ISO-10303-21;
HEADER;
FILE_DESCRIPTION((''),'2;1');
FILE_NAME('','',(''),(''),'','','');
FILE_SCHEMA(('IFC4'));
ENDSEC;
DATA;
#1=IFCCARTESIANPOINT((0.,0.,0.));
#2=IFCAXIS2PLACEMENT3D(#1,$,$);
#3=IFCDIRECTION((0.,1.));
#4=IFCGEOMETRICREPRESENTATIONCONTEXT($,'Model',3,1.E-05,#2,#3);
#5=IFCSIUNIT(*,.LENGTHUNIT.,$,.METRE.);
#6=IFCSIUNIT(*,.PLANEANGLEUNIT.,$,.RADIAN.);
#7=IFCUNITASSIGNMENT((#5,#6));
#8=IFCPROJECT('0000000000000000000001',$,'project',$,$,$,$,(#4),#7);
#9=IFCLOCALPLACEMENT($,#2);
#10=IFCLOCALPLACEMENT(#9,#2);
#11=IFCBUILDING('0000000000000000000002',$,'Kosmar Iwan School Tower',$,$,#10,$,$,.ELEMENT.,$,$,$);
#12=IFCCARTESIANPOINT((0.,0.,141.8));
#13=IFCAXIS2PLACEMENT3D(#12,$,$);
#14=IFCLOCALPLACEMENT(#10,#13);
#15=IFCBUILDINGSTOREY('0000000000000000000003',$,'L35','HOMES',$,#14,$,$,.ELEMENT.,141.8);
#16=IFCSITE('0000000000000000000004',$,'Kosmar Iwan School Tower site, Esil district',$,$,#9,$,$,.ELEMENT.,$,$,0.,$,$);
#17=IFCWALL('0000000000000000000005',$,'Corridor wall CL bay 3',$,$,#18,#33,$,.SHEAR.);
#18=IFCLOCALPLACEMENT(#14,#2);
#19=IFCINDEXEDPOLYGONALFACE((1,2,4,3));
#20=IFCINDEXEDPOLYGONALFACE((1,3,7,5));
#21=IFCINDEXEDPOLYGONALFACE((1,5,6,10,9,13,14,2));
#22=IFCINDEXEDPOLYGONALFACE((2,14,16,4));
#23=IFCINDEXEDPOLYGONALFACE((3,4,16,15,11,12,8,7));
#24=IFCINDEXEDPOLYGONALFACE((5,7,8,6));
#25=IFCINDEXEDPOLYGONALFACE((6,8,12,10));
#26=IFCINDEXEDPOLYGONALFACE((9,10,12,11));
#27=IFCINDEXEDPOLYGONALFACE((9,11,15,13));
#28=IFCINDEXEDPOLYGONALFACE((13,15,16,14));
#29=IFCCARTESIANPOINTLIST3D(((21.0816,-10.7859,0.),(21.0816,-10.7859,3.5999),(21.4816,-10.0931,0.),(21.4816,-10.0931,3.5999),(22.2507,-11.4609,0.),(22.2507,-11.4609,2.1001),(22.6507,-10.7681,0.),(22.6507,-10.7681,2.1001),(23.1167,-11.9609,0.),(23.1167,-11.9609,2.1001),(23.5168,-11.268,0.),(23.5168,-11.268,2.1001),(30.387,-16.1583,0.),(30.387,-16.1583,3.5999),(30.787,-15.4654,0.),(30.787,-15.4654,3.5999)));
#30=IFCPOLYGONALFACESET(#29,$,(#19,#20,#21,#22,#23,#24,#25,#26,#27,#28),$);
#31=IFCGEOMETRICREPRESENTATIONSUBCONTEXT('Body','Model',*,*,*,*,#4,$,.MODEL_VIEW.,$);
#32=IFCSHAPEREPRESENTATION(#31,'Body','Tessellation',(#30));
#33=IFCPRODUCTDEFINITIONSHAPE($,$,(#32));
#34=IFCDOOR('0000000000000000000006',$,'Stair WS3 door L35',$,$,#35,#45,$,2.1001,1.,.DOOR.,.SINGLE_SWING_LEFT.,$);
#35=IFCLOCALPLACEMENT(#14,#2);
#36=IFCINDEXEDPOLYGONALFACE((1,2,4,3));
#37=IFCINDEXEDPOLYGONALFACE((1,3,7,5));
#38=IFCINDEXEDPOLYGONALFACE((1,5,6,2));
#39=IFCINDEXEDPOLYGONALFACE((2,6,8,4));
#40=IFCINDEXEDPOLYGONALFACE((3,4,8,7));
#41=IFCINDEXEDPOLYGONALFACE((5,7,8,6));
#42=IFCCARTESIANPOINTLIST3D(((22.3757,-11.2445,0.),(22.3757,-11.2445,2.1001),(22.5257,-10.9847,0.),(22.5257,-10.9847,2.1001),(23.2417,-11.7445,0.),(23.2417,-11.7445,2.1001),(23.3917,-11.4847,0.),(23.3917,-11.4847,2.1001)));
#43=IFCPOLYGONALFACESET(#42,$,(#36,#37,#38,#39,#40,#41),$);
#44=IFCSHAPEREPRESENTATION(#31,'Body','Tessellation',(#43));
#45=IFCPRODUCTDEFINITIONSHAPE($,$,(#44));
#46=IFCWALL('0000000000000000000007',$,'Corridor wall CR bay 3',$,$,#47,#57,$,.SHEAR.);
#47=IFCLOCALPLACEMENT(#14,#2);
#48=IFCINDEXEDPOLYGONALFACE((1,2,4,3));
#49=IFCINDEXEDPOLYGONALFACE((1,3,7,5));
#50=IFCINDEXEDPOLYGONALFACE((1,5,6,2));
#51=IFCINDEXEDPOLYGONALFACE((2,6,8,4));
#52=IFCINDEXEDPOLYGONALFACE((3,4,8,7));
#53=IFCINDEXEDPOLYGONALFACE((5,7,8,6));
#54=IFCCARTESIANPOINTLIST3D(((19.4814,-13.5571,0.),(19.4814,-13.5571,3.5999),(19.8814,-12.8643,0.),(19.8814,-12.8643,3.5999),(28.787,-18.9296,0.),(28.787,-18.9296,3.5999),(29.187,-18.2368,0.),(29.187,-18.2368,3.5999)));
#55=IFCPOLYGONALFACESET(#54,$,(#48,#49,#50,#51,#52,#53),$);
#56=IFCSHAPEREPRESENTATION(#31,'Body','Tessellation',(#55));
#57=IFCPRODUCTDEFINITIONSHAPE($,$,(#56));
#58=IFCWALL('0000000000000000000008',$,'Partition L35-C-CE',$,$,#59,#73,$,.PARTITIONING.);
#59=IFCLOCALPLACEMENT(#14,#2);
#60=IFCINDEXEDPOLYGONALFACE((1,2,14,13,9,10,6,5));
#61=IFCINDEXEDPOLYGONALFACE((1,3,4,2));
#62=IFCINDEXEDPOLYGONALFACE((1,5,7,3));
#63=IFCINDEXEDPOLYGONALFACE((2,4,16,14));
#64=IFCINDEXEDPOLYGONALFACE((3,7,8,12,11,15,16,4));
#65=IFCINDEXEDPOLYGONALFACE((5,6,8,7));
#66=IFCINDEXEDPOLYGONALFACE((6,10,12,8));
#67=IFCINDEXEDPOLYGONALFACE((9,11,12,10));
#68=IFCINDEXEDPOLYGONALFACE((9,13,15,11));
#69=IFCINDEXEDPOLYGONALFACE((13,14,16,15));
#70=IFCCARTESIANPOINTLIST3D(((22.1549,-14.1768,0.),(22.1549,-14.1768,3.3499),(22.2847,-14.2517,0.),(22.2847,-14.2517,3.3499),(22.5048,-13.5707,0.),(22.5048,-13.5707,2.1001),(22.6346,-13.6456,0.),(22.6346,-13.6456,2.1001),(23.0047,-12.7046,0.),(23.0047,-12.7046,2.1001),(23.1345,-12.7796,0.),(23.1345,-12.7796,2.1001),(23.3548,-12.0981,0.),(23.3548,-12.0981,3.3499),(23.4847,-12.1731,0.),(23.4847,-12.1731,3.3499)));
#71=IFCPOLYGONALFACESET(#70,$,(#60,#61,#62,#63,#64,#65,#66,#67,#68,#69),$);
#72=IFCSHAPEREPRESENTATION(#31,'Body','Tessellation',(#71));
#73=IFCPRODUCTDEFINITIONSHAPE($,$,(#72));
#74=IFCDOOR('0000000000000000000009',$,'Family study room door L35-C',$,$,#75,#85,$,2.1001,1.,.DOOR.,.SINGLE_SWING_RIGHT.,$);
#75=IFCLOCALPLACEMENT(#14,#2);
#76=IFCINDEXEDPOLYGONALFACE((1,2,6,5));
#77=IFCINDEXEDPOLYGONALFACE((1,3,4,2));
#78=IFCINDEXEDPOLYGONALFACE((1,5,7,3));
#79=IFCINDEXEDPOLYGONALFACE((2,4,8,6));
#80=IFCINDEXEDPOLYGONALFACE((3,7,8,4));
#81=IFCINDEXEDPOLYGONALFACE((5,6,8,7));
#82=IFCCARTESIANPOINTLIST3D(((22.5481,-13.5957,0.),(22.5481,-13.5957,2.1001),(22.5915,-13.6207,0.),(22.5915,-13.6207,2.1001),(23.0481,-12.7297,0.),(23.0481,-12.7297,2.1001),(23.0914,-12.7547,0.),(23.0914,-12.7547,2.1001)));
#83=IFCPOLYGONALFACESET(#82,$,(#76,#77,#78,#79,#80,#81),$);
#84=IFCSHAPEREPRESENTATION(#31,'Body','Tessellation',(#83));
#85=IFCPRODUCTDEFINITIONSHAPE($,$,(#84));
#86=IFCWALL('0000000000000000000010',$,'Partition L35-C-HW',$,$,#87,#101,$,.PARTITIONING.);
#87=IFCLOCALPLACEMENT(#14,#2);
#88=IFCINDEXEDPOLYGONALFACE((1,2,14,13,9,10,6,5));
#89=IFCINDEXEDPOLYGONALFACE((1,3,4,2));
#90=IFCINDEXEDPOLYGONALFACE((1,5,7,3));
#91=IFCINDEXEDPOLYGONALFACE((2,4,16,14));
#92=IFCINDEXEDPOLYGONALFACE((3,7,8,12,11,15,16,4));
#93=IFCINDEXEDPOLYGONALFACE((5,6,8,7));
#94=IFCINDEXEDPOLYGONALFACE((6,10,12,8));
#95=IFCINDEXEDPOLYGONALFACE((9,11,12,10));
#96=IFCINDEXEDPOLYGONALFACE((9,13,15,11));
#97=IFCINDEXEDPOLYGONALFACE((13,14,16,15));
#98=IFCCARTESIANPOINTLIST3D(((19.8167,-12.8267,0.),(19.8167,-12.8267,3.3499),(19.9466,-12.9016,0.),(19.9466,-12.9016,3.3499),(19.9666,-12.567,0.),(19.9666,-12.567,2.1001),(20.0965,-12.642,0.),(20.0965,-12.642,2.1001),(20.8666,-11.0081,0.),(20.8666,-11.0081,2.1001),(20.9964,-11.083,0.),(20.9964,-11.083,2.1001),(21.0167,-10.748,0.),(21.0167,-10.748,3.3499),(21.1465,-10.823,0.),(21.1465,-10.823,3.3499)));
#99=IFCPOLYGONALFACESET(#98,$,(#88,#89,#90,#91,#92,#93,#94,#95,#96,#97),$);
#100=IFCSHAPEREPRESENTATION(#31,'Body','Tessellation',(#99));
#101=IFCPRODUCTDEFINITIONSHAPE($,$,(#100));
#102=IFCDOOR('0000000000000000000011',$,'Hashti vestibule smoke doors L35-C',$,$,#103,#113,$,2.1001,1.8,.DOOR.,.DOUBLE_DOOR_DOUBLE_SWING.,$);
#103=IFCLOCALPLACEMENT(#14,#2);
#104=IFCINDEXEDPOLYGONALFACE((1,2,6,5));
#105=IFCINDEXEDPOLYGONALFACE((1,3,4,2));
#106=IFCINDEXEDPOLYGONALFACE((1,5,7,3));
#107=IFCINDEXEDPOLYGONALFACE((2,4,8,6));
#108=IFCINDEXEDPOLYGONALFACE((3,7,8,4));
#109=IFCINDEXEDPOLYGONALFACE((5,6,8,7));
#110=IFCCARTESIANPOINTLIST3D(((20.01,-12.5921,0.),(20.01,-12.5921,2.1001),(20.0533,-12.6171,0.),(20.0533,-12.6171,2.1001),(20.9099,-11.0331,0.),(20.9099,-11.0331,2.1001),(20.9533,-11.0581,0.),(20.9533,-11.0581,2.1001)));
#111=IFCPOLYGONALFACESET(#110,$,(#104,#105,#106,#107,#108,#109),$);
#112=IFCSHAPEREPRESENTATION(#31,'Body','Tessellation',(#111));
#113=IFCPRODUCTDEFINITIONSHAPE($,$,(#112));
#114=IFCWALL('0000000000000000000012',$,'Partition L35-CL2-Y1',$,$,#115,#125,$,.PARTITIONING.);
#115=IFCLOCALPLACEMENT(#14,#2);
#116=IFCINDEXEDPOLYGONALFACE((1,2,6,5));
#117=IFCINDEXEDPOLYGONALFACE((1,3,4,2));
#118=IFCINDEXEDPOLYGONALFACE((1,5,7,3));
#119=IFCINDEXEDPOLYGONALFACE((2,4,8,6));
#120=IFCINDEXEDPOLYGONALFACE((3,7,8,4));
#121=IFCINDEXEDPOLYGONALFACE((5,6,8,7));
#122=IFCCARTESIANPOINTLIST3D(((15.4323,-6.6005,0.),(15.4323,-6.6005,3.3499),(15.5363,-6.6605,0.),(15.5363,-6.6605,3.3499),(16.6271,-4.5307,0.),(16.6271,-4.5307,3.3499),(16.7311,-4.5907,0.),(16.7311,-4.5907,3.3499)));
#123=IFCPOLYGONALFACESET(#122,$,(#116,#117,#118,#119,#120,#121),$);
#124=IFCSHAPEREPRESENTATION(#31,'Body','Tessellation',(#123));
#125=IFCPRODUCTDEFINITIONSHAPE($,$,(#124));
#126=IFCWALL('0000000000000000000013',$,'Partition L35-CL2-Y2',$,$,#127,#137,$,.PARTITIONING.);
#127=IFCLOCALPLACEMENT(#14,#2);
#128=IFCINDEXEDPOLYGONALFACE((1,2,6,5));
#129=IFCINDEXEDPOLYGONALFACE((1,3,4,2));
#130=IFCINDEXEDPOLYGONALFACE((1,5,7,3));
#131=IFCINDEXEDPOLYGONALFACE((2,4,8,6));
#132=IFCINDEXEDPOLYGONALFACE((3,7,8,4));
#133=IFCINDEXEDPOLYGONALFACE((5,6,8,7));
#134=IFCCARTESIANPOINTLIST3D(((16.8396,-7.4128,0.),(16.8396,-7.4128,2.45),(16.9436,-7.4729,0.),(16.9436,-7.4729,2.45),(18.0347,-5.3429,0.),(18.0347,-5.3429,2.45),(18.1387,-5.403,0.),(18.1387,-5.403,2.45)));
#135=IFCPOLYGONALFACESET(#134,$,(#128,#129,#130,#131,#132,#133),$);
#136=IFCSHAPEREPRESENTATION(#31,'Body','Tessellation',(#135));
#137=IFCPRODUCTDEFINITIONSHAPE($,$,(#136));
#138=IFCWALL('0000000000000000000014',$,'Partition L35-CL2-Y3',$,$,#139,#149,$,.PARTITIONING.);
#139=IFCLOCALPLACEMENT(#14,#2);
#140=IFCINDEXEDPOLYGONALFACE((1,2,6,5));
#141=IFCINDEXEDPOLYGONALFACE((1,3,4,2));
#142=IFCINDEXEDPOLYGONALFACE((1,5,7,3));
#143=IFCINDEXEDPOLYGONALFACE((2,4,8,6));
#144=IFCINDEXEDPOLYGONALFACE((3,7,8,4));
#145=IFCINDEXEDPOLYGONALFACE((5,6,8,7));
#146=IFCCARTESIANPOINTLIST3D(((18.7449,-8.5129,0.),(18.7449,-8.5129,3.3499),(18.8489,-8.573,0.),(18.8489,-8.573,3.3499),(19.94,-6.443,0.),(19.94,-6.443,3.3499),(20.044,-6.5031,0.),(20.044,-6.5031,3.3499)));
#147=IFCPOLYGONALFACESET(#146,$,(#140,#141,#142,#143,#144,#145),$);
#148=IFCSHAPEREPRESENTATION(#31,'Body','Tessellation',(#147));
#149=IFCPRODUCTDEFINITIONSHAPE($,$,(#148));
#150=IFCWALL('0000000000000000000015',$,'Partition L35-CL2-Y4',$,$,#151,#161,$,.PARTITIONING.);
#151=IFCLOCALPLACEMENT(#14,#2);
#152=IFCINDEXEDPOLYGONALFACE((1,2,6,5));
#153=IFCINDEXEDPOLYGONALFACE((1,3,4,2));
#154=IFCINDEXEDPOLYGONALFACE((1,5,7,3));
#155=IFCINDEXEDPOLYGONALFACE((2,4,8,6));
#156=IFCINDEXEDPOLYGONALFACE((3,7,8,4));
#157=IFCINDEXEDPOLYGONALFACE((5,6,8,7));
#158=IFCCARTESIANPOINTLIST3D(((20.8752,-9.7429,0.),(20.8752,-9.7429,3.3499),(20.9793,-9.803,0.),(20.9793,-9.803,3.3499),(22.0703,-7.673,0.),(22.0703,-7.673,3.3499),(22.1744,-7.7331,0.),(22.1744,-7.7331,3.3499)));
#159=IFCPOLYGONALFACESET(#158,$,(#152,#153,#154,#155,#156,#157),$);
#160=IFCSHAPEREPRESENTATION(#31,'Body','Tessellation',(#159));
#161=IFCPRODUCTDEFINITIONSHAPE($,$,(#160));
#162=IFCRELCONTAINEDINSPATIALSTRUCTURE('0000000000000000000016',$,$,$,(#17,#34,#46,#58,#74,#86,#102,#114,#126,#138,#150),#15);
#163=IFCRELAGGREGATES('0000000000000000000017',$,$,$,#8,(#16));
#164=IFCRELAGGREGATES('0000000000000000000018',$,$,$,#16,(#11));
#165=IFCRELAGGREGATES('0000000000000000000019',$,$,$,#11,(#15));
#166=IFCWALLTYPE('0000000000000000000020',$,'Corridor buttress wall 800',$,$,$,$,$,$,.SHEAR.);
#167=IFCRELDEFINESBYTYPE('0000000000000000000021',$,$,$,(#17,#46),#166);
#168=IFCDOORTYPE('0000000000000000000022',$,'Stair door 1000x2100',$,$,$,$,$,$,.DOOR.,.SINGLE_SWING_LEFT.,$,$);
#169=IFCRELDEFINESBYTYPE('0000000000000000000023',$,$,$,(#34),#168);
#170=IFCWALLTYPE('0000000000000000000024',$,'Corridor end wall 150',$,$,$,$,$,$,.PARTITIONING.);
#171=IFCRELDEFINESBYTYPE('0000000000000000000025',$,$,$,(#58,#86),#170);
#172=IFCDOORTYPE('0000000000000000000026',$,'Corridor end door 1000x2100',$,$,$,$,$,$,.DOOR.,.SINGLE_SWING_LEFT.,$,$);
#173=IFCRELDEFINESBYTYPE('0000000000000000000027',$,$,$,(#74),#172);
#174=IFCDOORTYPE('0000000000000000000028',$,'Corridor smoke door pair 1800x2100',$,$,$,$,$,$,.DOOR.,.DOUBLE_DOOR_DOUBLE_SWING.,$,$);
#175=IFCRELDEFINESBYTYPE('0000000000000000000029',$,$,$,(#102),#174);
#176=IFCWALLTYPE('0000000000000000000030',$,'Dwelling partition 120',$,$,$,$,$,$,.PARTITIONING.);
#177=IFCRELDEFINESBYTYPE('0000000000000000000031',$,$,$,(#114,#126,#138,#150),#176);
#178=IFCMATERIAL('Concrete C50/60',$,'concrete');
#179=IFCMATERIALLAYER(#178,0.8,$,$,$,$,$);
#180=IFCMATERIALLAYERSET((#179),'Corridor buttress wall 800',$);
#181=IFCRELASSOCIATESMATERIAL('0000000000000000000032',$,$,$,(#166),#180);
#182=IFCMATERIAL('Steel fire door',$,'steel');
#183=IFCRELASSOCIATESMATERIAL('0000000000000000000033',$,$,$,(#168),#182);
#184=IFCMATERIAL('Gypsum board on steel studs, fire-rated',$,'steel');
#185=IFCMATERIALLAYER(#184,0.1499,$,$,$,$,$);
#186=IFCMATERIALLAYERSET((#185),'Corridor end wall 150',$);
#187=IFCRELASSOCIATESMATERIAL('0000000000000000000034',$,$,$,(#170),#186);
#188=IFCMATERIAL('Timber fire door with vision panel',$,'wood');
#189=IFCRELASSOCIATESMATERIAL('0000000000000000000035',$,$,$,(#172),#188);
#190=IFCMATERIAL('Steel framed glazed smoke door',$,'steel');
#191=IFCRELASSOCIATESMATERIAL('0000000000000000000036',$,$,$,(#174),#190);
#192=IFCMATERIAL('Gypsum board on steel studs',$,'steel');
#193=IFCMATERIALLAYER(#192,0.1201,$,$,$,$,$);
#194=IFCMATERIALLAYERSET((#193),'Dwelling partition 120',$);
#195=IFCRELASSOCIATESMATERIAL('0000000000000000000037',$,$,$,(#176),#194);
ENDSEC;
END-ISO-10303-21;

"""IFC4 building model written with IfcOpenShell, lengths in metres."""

from ifc_helpers import new_model, si_unit, direction, frame, frame_2d, origin, place, context, subcontext, project, spatial, rectangle, extrude, material, layer, layer_set, type_object, element, fill, save


model = new_model("IFC4")

# Units and contexts
model_context = context("Model", 3, precision=1e-05, world=origin(), true_north=direction((0.0, 1.0)))
body_context = subcontext(model_context, "Body", "Model", "MODEL_VIEW")
ifc_project = project(units=[si_unit("LENGTHUNIT", "METRE"), si_unit("PLANEANGLEUNIT", "RADIAN")], contexts=[model_context])

# Site, building, storey
site_placement = place(None, origin())
site = spatial("IfcSite", under=ifc_project, at=site_placement, Name="Kosmar Iwan School Tower site, Esil district", CompositionType="ELEMENT", RefElevation=0.0)
building_placement = place(site_placement, origin())
building = spatial("IfcBuilding", under=site, at=building_placement, Name="Kosmar Iwan School Tower", CompositionType="ELEMENT")
storey_placement = place(building_placement, frame((0.0, 0.0, 141.8)))
storey = spatial("IfcBuildingStorey", under=building, at=storey_placement, Name="L35", Description="HOMES", CompositionType="ELEMENT", Elevation=141.8)

# Wall, opening, door
ifc_material_1 = material(Name="Concrete C50/60", Category="concrete")
ifc_layer_1 = layer(ifc_material_1, 0.8)
ifc_layer_set_1 = layer_set([ifc_layer_1], Name="Corridor buttress wall 800")
wall_type_1 = type_object("IfcWallType", Name="Corridor buttress wall 800", PredefinedType="SHEAR", material=ifc_layer_set_1)
wall_1_placement = place(storey_placement, frame((21.2815, -10.4395, 0.0), z_axis=(0.0, 0.0, 1.0), x_axis=(0.866032, -0.499988, 0.0)))
wall_1 = element("IfcWall", 1, at=wall_1_placement, inside=storey, type_object=wall_type_1, Name="Corridor wall CL bay 3", PredefinedType="SHEAR", context=body_context, shape_type="SweptSolid", body=[
    extrude(rectangle(XDim=10.7449, YDim=0.8, at=frame_2d((5.3726, 0.0))), origin(), (0.0, 0.0, 1.0), 3.5999),
])
opening_1_placement = place(wall_1_placement, frame((1.3501, 0.0, 0.0)))
opening_1 = element("IfcOpeningElement", 2, at=opening_1_placement, cuts=wall_1, PredefinedType="OPENING", context=body_context, shape_type="SweptSolid", body=[
    extrude(rectangle(XDim=1.0, YDim=2.1001, at=frame_2d((0.5, 1.05))), frame((0.0, 0.4121, 0.0), z_axis=(0.0, -1.0, 0.0), x_axis=(1.0, 0.0, 0.0)), (0.0, 0.0, 1.0), 0.824),
])
ifc_material_2 = material(Name="Steel fire door", Category="steel")
door_type_1 = type_object("IfcDoorType", Name="Stair door 1000x2100", OperationType="SINGLE_SWING_LEFT", PredefinedType="DOOR", material=ifc_material_2)
door_1_placement = place(opening_1_placement, origin())
door_1 = element("IfcDoor", 3, at=door_1_placement, inside=storey, type_object=door_type_1, Name="Stair WS3 door L35", OperationType="SINGLE_SWING_LEFT", OverallHeight=2.1001, OverallWidth=1.0, PredefinedType="DOOR", context=body_context, shape_type="SweptSolid", body=[
    extrude(rectangle(XDim=1.0, YDim=2.1001, at=frame_2d((0.5, 1.05))), frame((0.0, 0.1499, 0.0), z_axis=(0.0, -1.0, 0.0), x_axis=(1.0, 0.0, 0.0)), (0.0, 0.0, 1.0), 0.3),
])
fill(opening_1, door_1)

# Wall
wall_2_placement = place(storey_placement, frame((19.6814, -13.2107, 0.0), z_axis=(0.0, 0.0, 1.0), x_axis=(0.866028, -0.499995, 0.0)))
element("IfcWall", 4, at=wall_2_placement, inside=storey, type_object=wall_type_1, Name="Corridor wall CR bay 3", PredefinedType="SHEAR", context=body_context, shape_type="SweptSolid", body=[
    extrude(rectangle(XDim=10.7451, YDim=0.8, at=frame_2d((5.3726, 0.0))), origin(), (0.0, 0.0, 1.0), 3.5999),
])

# Walls, openings, doors
ifc_material_3 = material(Name="Gypsum board on steel studs, fire-rated", Category="steel")
ifc_layer_2 = layer(ifc_material_3, 0.1499)
ifc_layer_set_2 = layer_set([ifc_layer_2], Name="Corridor end wall 150")
wall_type_2 = type_object("IfcWallType", Name="Corridor end wall 150", PredefinedType="PARTITIONING", material=ifc_layer_set_2)
wall_3_placement = place(storey_placement, frame((22.2197, -14.2144, 0.0), z_axis=(0.0, 0.0, 1.0), x_axis=(0.499957, 0.86605, 0.0)))
wall_3 = element("IfcWall", 5, at=wall_3_placement, inside=storey, type_object=wall_type_2, Name="Partition L35-C-CE", PredefinedType="PARTITIONING", context=body_context, shape_type="SweptSolid", body=[
    extrude(rectangle(XDim=2.4001, YDim=0.1499, at=frame_2d((1.2002, 0.0))), origin(), (0.0, 0.0, 1.0), 3.3499),
])
opening_2_placement = place(wall_3_placement, frame((0.7, 0.0, 0.0)))
opening_2 = element("IfcOpeningElement", 6, at=opening_2_placement, cuts=wall_3, PredefinedType="OPENING", context=body_context, shape_type="SweptSolid", body=[
    extrude(rectangle(XDim=1.0, YDim=2.1001, at=frame_2d((0.5, 1.05))), frame((0.0, 0.0869, 0.0), z_axis=(0.0, -1.0, 0.0), x_axis=(1.0, 0.0, 0.0)), (0.0, 0.0, 1.0), 0.1738),
])
ifc_material_4 = material(Name="Timber fire door with vision panel", Category="wood")
door_type_2 = type_object("IfcDoorType", Name="Corridor end door 1000x2100", OperationType="SINGLE_SWING_LEFT", PredefinedType="DOOR", material=ifc_material_4)
door_2_placement = place(opening_2_placement, origin())
door_2 = element("IfcDoor", 7, at=door_2_placement, inside=storey, type_object=door_type_2, Name="Family study room door L35-C", OperationType="SINGLE_SWING_RIGHT", OverallHeight=2.1001, OverallWidth=1.0, PredefinedType="DOOR", context=body_context, shape_type="SweptSolid", body=[
    extrude(rectangle(XDim=1.0, YDim=2.1001, at=frame_2d((0.5, 1.05))), frame((0.0, 0.0249, 0.0), z_axis=(0.0, -1.0, 0.0), x_axis=(1.0, 0.0, 0.0)), (0.0, 0.0, 1.0), 0.05),
])
fill(opening_2, door_2)
wall_4_placement = place(storey_placement, frame((19.8816, -12.8643, 0.0), z_axis=(0.0, 0.0, 1.0), x_axis=(0.499957, 0.86605, 0.0)))
wall_4 = element("IfcWall", 8, at=wall_4_placement, inside=storey, type_object=wall_type_2, Name="Partition L35-C-HW", PredefinedType="PARTITIONING", context=body_context, shape_type="SweptSolid", body=[
    extrude(rectangle(XDim=2.4001, YDim=0.1499, at=frame_2d((1.2002, 0.0))), origin(), (0.0, 0.0, 1.0), 3.3499),
])
opening_3_placement = place(wall_4_placement, frame((0.3, 0.0, 0.0)))
opening_3 = element("IfcOpeningElement", 9, at=opening_3_placement, cuts=wall_4, PredefinedType="OPENING", context=body_context, shape_type="SweptSolid", body=[
    extrude(rectangle(XDim=1.8, YDim=2.1001, at=frame_2d((0.8999, 1.05))), frame((0.0, 0.0869, 0.0), z_axis=(0.0, -1.0, 0.0), x_axis=(1.0, 0.0, 0.0)), (0.0, 0.0, 1.0), 0.1738),
])
ifc_material_5 = material(Name="Steel framed glazed smoke door", Category="steel")
door_type_3 = type_object("IfcDoorType", Name="Corridor smoke door pair 1800x2100", OperationType="DOUBLE_DOOR_DOUBLE_SWING", PredefinedType="DOOR", material=ifc_material_5)
door_3_placement = place(opening_3_placement, origin())
door_3 = element("IfcDoor", 10, at=door_3_placement, inside=storey, type_object=door_type_3, Name="Hashti vestibule smoke doors L35-C", OperationType="DOUBLE_DOOR_DOUBLE_SWING", OverallHeight=2.1001, OverallWidth=1.8, PredefinedType="DOOR", context=body_context, shape_type="SweptSolid", body=[
    extrude(rectangle(XDim=1.8, YDim=2.1001, at=frame_2d((0.8999, 1.05))), frame((0.0, 0.0249, 0.0), z_axis=(0.0, -1.0, 0.0), x_axis=(1.0, 0.0, 0.0)), (0.0, 0.0, 1.0), 0.05),
])
fill(opening_3, door_3)

# Walls
ifc_material_6 = material(Name="Gypsum board on steel studs", Category="steel")
ifc_layer_3 = layer(ifc_material_6, 0.1201)
ifc_layer_set_3 = layer_set([ifc_layer_3], Name="Dwelling partition 120")
wall_type_3 = type_object("IfcWallType", Name="Dwelling partition 120", PredefinedType="PARTITIONING", material=ifc_layer_set_3)
wall_5_placement = place(storey_placement, frame((15.4844, -6.6304, 0.0), z_axis=(0.0, 0.0, 1.0), x_axis=(0.499941, 0.86606, 0.0)))
element("IfcWall", 11, at=wall_5_placement, inside=storey, type_object=wall_type_3, Name="Partition L35-CL2-Y1", PredefinedType="PARTITIONING", context=body_context, shape_type="SweptSolid", body=[
    extrude(rectangle(XDim=2.3899, YDim=0.1201, at=frame_2d((1.1948, 0.0))), origin(), (0.0, 0.0, 1.0), 3.3499),
])
wall_6_placement = place(storey_placement, frame((16.8916, -7.4429, 0.0), z_axis=(0.0, 0.0, 1.0), x_axis=(0.500017, 0.866015, 0.0)))
element("IfcWall", 12, at=wall_6_placement, inside=storey, type_object=wall_type_3, Name="Partition L35-CL2-Y2", PredefinedType="PARTITIONING", context=body_context, shape_type="SweptSolid", body=[
    extrude(rectangle(XDim=2.3901, YDim=0.1201, at=frame_2d((1.1951, 0.0))), origin(), (0.0, 0.0, 1.0), 2.45),
])
for number, where, z_axis, x_axis, name in (
    (13, (18.7969, -8.543, 0.0), (0.0, 0.0, 1.0), (0.500017, 0.866015, 0.0), "Partition L35-CL2-Y3"),
    (14, (20.9272, -9.7729, 0.0), (0.0, 0.0, 1.0), (0.500017, 0.866015, 0.0), "Partition L35-CL2-Y4"),
):
    element("IfcWall", number, at=place(storey_placement, frame(where, z_axis=z_axis, x_axis=x_axis)), inside=storey, type_object=wall_type_3, Name=name, PredefinedType="PARTITIONING", context=body_context, shape_type="SweptSolid", body=[
        extrude(rectangle(XDim=2.3901, YDim=0.1201, at=frame_2d((1.1951, 0.0))), origin(), (0.0, 0.0, 1.0), 3.3499),
    ])

save(model, "model.ifc")
